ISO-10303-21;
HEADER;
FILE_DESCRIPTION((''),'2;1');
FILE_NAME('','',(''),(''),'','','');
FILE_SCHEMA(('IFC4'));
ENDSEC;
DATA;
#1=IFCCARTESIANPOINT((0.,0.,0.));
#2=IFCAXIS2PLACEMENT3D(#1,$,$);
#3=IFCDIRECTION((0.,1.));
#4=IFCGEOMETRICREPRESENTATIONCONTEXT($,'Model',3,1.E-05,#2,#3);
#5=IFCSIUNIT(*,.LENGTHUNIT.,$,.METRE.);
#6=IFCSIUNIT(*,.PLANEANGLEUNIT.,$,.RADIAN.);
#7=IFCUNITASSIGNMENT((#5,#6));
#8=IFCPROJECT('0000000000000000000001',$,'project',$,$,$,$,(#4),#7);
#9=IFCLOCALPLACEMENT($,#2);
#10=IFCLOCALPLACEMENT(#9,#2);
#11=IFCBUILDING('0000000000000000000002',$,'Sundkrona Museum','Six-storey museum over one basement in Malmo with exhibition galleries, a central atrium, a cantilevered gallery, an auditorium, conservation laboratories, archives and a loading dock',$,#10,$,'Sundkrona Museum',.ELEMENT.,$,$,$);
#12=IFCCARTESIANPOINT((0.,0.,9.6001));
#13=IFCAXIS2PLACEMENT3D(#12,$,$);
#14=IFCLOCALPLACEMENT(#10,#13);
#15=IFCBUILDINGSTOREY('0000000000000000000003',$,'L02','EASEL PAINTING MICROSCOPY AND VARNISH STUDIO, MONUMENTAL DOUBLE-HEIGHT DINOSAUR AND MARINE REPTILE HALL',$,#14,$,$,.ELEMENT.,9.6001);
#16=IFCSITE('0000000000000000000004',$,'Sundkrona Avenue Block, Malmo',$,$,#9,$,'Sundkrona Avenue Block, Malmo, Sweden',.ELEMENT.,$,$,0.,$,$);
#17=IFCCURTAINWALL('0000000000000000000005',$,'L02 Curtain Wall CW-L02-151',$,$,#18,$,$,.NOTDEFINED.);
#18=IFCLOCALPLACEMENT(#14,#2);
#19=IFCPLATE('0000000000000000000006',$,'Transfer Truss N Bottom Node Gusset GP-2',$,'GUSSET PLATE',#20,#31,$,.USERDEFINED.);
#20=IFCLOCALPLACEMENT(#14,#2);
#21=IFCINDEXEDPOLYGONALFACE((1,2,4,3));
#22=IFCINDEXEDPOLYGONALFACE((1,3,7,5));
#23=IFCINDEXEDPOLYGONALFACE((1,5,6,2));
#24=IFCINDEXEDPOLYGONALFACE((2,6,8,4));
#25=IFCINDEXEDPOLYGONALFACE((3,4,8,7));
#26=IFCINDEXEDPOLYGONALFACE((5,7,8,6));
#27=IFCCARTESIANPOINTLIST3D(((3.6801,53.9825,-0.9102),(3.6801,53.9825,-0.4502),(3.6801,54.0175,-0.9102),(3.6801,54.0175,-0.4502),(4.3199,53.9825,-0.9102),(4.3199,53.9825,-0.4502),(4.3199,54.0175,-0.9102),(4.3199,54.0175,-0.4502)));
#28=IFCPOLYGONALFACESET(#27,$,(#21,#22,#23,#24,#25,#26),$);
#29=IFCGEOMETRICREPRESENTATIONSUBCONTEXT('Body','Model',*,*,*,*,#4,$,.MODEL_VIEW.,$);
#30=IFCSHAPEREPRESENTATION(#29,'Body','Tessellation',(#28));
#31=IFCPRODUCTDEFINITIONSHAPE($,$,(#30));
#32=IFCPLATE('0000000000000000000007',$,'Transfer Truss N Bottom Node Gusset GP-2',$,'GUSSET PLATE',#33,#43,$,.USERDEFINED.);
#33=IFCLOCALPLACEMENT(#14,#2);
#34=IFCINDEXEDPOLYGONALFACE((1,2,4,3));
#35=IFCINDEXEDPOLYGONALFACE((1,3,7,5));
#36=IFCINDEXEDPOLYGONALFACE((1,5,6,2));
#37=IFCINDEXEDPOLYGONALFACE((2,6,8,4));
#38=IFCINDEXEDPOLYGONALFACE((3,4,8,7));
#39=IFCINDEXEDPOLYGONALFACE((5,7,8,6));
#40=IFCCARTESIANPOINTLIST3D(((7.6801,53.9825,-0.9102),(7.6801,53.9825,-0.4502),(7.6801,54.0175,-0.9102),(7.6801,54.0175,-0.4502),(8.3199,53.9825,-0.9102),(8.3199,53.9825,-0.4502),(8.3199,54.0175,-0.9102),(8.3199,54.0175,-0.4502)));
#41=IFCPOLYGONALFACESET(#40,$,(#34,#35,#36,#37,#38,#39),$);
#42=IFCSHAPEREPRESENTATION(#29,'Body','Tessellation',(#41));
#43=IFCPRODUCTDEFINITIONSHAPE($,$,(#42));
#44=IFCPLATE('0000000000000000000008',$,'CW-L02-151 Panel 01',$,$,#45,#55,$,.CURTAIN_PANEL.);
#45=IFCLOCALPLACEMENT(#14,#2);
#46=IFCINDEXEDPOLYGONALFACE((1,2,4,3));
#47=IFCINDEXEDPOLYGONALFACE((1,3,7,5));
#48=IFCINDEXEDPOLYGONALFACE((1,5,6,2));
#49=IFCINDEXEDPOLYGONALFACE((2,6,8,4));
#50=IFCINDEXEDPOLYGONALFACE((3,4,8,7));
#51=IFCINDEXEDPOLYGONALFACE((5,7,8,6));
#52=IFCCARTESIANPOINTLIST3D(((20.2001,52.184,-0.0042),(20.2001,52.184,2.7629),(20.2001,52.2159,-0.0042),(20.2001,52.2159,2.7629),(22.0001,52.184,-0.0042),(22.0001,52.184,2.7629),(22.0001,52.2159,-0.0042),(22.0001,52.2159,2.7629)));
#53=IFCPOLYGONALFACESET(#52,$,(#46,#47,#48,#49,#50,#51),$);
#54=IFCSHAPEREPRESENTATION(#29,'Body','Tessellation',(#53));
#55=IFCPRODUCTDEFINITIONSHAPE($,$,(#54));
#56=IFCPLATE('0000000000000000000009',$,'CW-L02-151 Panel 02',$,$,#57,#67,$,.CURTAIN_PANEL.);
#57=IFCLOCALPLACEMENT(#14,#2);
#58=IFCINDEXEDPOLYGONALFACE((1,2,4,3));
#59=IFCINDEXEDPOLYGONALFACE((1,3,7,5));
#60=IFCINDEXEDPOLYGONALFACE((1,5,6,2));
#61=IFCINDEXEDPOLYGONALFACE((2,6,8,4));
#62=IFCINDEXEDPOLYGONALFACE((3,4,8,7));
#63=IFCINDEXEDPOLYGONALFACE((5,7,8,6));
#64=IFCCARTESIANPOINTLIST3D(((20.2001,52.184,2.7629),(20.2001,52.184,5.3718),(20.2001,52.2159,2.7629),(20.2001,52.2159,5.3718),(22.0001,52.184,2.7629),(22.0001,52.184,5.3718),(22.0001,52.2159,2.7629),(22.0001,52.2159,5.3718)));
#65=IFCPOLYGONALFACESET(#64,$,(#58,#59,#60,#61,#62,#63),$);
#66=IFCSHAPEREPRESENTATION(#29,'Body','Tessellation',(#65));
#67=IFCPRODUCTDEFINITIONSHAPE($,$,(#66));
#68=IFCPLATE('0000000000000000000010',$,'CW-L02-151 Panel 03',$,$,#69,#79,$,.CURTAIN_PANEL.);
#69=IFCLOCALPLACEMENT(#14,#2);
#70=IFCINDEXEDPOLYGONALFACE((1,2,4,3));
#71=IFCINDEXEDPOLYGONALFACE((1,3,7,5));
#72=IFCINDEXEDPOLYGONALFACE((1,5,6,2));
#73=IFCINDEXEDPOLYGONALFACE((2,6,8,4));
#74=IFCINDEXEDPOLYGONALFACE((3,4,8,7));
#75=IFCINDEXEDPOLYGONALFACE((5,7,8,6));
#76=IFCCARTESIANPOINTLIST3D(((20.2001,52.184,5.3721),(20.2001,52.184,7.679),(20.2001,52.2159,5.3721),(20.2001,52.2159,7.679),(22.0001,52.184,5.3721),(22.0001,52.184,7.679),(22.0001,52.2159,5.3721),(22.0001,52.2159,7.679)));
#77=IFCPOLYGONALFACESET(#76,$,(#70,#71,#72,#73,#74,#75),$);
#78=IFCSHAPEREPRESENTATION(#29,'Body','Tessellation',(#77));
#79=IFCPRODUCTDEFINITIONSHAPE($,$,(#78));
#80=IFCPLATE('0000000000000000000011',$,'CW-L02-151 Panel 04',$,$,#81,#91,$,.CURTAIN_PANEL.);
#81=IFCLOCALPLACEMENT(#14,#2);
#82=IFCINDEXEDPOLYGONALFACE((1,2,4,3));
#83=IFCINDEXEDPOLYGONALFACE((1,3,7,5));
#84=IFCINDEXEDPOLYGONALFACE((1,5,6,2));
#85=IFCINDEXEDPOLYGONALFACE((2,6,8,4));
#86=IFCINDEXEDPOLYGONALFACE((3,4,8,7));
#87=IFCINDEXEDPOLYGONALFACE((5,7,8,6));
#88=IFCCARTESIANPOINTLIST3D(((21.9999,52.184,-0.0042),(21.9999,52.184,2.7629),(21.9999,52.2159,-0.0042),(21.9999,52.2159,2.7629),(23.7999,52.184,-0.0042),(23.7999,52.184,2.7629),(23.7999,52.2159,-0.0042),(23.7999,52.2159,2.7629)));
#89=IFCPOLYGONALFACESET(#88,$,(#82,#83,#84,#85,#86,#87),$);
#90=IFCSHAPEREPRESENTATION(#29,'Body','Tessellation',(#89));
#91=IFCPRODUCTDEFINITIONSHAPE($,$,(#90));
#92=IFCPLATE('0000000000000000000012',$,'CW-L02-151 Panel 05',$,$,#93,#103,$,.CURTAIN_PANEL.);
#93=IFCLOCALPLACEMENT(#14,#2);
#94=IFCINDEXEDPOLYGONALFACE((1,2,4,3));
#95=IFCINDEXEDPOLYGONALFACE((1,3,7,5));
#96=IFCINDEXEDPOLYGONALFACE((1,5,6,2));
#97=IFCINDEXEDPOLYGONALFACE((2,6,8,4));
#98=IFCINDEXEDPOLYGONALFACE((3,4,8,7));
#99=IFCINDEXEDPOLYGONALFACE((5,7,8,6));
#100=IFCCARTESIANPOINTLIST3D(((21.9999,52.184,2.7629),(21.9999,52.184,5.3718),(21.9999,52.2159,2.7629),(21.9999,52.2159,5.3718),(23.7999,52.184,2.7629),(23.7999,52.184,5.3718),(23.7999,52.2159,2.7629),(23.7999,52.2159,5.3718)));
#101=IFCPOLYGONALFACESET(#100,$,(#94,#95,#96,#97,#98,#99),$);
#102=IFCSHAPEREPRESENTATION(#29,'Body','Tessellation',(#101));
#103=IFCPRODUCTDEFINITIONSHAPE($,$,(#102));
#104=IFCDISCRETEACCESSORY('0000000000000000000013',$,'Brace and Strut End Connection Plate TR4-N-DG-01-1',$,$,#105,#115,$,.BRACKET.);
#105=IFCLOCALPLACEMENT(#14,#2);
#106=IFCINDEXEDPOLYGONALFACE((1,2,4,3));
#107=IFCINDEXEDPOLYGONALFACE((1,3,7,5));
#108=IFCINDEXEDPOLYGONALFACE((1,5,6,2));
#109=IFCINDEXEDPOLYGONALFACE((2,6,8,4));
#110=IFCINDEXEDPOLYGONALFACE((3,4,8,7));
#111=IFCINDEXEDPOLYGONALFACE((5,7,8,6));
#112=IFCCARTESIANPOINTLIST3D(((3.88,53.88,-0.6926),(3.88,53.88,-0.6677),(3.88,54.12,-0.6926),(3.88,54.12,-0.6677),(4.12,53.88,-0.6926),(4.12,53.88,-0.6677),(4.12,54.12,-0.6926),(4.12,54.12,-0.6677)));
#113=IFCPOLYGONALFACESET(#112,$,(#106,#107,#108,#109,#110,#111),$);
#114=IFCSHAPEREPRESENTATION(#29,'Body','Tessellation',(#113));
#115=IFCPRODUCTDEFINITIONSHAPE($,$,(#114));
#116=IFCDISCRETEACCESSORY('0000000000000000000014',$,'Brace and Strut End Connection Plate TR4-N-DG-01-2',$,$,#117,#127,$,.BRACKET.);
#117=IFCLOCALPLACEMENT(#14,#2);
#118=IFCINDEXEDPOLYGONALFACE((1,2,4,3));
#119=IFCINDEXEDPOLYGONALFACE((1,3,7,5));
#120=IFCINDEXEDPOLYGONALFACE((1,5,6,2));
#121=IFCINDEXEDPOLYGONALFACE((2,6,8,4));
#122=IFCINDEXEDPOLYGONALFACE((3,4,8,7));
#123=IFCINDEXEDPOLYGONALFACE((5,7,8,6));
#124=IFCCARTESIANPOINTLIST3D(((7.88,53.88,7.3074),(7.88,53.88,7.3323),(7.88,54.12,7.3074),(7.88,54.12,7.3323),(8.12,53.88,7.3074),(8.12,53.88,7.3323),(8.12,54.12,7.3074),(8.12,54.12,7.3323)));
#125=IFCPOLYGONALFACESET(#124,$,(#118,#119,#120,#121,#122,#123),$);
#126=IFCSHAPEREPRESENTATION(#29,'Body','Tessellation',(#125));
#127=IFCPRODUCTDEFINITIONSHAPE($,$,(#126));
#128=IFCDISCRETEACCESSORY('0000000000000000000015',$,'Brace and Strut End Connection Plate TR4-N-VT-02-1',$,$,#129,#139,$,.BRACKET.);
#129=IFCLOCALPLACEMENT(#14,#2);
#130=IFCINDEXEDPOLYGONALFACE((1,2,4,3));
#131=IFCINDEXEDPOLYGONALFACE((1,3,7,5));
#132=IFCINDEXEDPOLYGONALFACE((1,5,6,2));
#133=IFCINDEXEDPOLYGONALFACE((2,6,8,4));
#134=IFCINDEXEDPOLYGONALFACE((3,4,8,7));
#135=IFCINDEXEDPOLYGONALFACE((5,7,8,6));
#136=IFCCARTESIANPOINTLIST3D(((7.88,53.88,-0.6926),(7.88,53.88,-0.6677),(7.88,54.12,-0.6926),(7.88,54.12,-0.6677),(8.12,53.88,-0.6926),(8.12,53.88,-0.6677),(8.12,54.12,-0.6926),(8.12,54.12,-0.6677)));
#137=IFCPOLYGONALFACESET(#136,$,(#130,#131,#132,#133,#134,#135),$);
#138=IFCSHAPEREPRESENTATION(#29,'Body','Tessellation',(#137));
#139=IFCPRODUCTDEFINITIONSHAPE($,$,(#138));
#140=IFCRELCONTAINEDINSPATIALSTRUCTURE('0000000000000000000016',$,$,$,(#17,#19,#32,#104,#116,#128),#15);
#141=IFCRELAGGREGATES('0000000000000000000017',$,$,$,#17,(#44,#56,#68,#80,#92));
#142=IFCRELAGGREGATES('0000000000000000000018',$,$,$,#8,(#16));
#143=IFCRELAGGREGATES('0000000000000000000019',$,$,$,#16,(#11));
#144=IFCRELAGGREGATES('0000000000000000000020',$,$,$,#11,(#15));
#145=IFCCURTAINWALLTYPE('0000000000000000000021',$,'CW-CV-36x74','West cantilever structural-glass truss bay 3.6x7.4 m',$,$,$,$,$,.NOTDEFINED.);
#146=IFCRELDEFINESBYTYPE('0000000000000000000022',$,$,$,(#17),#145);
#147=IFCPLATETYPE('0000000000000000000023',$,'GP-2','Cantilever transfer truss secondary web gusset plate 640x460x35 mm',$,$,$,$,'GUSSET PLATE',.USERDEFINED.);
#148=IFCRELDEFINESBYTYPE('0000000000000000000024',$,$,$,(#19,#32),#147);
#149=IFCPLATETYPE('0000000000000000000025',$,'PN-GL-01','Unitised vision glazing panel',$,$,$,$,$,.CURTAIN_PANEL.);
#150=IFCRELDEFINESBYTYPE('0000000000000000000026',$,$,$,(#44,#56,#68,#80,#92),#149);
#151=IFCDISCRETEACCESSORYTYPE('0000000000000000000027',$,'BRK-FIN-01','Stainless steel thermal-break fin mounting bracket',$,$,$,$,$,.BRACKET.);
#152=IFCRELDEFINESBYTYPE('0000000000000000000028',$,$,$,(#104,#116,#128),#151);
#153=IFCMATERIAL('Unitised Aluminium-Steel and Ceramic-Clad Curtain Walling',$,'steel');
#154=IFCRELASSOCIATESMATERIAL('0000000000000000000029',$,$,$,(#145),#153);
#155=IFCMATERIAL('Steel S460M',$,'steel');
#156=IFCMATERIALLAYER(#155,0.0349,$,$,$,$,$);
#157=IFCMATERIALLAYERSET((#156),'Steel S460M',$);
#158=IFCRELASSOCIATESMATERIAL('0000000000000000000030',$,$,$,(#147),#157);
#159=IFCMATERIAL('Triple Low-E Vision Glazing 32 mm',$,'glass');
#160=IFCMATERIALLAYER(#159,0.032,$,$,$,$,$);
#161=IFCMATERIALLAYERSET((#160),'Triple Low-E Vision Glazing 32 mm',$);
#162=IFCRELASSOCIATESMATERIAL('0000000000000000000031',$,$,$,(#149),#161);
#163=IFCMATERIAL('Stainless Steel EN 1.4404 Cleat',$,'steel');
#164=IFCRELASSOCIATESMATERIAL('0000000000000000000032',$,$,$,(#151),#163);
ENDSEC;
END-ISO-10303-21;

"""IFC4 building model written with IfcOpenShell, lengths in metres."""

from ifc_helpers import new_model, si_unit, direction, frame, origin, origin_2d, place, context, subcontext, project, spatial, rectangle, extrude, material, layer, layer_set, type_object, element, aggregate, save


model = new_model("IFC4")

# Units and contexts
model_context = context("Model", 3, precision=1e-05, world=origin(), true_north=direction((0.0, 1.0)))
body_context = subcontext(model_context, "Body", "Model", "MODEL_VIEW")
ifc_project = project(units=[si_unit("LENGTHUNIT", "METRE"), si_unit("PLANEANGLEUNIT", "RADIAN")], contexts=[model_context])

# Site, building, storey
site_placement = place(None, origin())
site = spatial("IfcSite", under=ifc_project, at=site_placement, Name="Sundkrona Avenue Block, Malmo", LongName="Sundkrona Avenue Block, Malmo, Sweden", CompositionType="ELEMENT", RefElevation=0.0)
building_placement = place(site_placement, origin())
building = spatial("IfcBuilding", under=site, at=building_placement, Name="Sundkrona Museum", Description="Six-storey museum over one basement in Malmo with exhibition galleries, a central atrium, a cantilevered gallery, an auditorium, conservation laboratories, archives and a loading dock", LongName="Sundkrona Museum", CompositionType="ELEMENT")
storey_placement = place(building_placement, frame((0.0, 0.0, 9.6001)))
storey = spatial("IfcBuildingStorey", under=building, at=storey_placement, Name="L02", Description="EASEL PAINTING MICROSCOPY AND VARNISH STUDIO, MONUMENTAL DOUBLE-HEIGHT DINOSAUR AND MARINE REPTILE HALL", CompositionType="ELEMENT", Elevation=9.6001)

# Curtain wall
ifc_material_1 = material(Name="Unitised Aluminium-Steel and Ceramic-Clad Curtain Walling", Category="steel")
curtain_wall_type = type_object("IfcCurtainWallType", Name="CW-CV-36x74", Description="West cantilever structural-glass truss bay 3.6x7.4 m", PredefinedType="NOTDEFINED", material=ifc_material_1)
curtain_wall_placement = place(storey_placement, origin())
curtain_wall = element("IfcCurtainWall", 1, at=curtain_wall_placement, inside=storey, type_object=curtain_wall_type, Name="L02 Curtain Wall CW-L02-151", PredefinedType="NOTDEFINED")

# Shared definitions
ifc_material_2 = material(Name="Steel S460M", Category="steel")

# Plates
ifc_layer_1 = layer(ifc_material_2, 0.0349)
ifc_layer_set_1 = layer_set([ifc_layer_1], Name="Steel S460M")
plate_type_1 = type_object("IfcPlateType", Name="GP-2", Description="Cantilever transfer truss secondary web gusset plate 640x460x35 mm", ElementType="GUSSET PLATE", PredefinedType="USERDEFINED", material=ifc_layer_set_1)
for number, where, z_axis, x_axis, name in (
    (2, (4.0, 54.0, -0.9102), (0.0, 0.0, 1.0), (1.0, 0.0, 0.0), "Transfer Truss N Bottom Node Gusset GP-2"),
    (3, (8.0, 54.0, -0.9102), (0.0, 0.0, 1.0), (1.0, 0.0, 0.0), "Transfer Truss N Bottom Node Gusset GP-2"),
):
    element("IfcPlate", number, at=place(storey_placement, frame(where, z_axis=z_axis, x_axis=x_axis)), inside=storey, type_object=plate_type_1, Name=name, ObjectType="GUSSET PLATE", PredefinedType="USERDEFINED", context=body_context, shape_type="SweptSolid", body=[
        extrude(rectangle(XDim=0.6399, YDim=0.0349, at=origin_2d()), origin(), (0.0, 0.0, 1.0), 0.46),
    ])

# Plates
ifc_material_3 = material(Name="Triple Low-E Vision Glazing 32 mm", Category="glass")
ifc_layer_2 = layer(ifc_material_3, 0.032)
ifc_layer_set_2 = layer_set([ifc_layer_2], Name="Triple Low-E Vision Glazing 32 mm")
plate_type_2 = type_object("IfcPlateType", Name="PN-GL-01", Description="Unitised vision glazing panel", PredefinedType="CURTAIN_PANEL", material=ifc_layer_set_2)
plate_1_placement = place(storey_placement, frame((21.1001, 52.2, -0.0042), z_axis=(0.0, 0.0, 1.0), x_axis=(1.0, 0.0, 0.0)))
plate_1 = element("IfcPlate", 4, at=plate_1_placement, type_object=plate_type_2, Name="CW-L02-151 Panel 01", PredefinedType="CURTAIN_PANEL", context=body_context, shape_type="SweptSolid", body=[
    extrude(rectangle(XDim=1.8, YDim=0.032, at=origin_2d()), origin(), (0.0, 0.0, 1.0), 2.7671),
])
plate_2_placement = place(storey_placement, frame((21.1001, 52.2, 2.7629), z_axis=(0.0, 0.0, 1.0), x_axis=(1.0, 0.0, 0.0)))
plate_2 = element("IfcPlate", 5, at=plate_2_placement, type_object=plate_type_2, Name="CW-L02-151 Panel 02", PredefinedType="CURTAIN_PANEL", context=body_context, shape_type="SweptSolid", body=[
    extrude(rectangle(XDim=1.8, YDim=0.032, at=origin_2d()), origin(), (0.0, 0.0, 1.0), 2.6089),
])
plate_3_placement = place(storey_placement, frame((21.1001, 52.2, 5.3721), z_axis=(0.0, 0.0, 1.0), x_axis=(1.0, 0.0, 0.0)))
plate_3 = element("IfcPlate", 6, at=plate_3_placement, type_object=plate_type_2, Name="CW-L02-151 Panel 03", PredefinedType="CURTAIN_PANEL", context=body_context, shape_type="SweptSolid", body=[
    extrude(rectangle(XDim=1.8, YDim=0.032, at=origin_2d()), origin(), (0.0, 0.0, 1.0), 2.3069),
])
plate_4_placement = place(storey_placement, frame((22.8999, 52.2, -0.0042), z_axis=(0.0, 0.0, 1.0), x_axis=(1.0, 0.0, 0.0)))
plate_4 = element("IfcPlate", 7, at=plate_4_placement, type_object=plate_type_2, Name="CW-L02-151 Panel 04", PredefinedType="CURTAIN_PANEL", context=body_context, shape_type="SweptSolid", body=[
    extrude(rectangle(XDim=1.8, YDim=0.032, at=origin_2d()), origin(), (0.0, 0.0, 1.0), 2.7671),
])
plate_5_placement = place(storey_placement, frame((22.8999, 52.2, 2.7629), z_axis=(0.0, 0.0, 1.0), x_axis=(1.0, 0.0, 0.0)))
plate_5 = element("IfcPlate", 8, at=plate_5_placement, type_object=plate_type_2, Name="CW-L02-151 Panel 05", PredefinedType="CURTAIN_PANEL", context=body_context, shape_type="SweptSolid", body=[
    extrude(rectangle(XDim=1.8, YDim=0.032, at=origin_2d()), origin(), (0.0, 0.0, 1.0), 2.6089),
])
aggregate(curtain_wall, [plate_1, plate_2, plate_3, plate_4, plate_5])

# Discrete accessories
ifc_material_4 = material(Name="Stainless Steel EN 1.4404 Cleat", Category="steel")
discrete_accessory_type = type_object("IfcDiscreteAccessoryType", Name="BRK-FIN-01", Description="Stainless steel thermal-break fin mounting bracket", PredefinedType="BRACKET", material=ifc_material_4)
for number, where, z_axis, x_axis, name in (
    (9, (4.0, 54.0, -0.6926), (0.0, 0.0, 1.0), (1.0, 0.0, 0.0), "Brace and Strut End Connection Plate TR4-N-DG-01-1"),
    (10, (8.0, 54.0, 7.3074), (0.0, 0.0, 1.0), (1.0, 0.0, 0.0), "Brace and Strut End Connection Plate TR4-N-DG-01-2"),
    (11, (8.0, 54.0, -0.6926), (0.0, 0.0, 1.0), (1.0, 0.0, 0.0), "Brace and Strut End Connection Plate TR4-N-VT-02-1"),
):
    element("IfcDiscreteAccessory", number, at=place(storey_placement, frame(where, z_axis=z_axis, x_axis=x_axis)), inside=storey, type_object=discrete_accessory_type, Name=name, PredefinedType="BRACKET", context=body_context, shape_type="SweptSolid", body=[
        extrude(rectangle(XDim=0.24, YDim=0.24, at=origin_2d()), origin(), (0.0, 0.0, 1.0), 0.0249),
    ])

save(model, "model.ifc")
